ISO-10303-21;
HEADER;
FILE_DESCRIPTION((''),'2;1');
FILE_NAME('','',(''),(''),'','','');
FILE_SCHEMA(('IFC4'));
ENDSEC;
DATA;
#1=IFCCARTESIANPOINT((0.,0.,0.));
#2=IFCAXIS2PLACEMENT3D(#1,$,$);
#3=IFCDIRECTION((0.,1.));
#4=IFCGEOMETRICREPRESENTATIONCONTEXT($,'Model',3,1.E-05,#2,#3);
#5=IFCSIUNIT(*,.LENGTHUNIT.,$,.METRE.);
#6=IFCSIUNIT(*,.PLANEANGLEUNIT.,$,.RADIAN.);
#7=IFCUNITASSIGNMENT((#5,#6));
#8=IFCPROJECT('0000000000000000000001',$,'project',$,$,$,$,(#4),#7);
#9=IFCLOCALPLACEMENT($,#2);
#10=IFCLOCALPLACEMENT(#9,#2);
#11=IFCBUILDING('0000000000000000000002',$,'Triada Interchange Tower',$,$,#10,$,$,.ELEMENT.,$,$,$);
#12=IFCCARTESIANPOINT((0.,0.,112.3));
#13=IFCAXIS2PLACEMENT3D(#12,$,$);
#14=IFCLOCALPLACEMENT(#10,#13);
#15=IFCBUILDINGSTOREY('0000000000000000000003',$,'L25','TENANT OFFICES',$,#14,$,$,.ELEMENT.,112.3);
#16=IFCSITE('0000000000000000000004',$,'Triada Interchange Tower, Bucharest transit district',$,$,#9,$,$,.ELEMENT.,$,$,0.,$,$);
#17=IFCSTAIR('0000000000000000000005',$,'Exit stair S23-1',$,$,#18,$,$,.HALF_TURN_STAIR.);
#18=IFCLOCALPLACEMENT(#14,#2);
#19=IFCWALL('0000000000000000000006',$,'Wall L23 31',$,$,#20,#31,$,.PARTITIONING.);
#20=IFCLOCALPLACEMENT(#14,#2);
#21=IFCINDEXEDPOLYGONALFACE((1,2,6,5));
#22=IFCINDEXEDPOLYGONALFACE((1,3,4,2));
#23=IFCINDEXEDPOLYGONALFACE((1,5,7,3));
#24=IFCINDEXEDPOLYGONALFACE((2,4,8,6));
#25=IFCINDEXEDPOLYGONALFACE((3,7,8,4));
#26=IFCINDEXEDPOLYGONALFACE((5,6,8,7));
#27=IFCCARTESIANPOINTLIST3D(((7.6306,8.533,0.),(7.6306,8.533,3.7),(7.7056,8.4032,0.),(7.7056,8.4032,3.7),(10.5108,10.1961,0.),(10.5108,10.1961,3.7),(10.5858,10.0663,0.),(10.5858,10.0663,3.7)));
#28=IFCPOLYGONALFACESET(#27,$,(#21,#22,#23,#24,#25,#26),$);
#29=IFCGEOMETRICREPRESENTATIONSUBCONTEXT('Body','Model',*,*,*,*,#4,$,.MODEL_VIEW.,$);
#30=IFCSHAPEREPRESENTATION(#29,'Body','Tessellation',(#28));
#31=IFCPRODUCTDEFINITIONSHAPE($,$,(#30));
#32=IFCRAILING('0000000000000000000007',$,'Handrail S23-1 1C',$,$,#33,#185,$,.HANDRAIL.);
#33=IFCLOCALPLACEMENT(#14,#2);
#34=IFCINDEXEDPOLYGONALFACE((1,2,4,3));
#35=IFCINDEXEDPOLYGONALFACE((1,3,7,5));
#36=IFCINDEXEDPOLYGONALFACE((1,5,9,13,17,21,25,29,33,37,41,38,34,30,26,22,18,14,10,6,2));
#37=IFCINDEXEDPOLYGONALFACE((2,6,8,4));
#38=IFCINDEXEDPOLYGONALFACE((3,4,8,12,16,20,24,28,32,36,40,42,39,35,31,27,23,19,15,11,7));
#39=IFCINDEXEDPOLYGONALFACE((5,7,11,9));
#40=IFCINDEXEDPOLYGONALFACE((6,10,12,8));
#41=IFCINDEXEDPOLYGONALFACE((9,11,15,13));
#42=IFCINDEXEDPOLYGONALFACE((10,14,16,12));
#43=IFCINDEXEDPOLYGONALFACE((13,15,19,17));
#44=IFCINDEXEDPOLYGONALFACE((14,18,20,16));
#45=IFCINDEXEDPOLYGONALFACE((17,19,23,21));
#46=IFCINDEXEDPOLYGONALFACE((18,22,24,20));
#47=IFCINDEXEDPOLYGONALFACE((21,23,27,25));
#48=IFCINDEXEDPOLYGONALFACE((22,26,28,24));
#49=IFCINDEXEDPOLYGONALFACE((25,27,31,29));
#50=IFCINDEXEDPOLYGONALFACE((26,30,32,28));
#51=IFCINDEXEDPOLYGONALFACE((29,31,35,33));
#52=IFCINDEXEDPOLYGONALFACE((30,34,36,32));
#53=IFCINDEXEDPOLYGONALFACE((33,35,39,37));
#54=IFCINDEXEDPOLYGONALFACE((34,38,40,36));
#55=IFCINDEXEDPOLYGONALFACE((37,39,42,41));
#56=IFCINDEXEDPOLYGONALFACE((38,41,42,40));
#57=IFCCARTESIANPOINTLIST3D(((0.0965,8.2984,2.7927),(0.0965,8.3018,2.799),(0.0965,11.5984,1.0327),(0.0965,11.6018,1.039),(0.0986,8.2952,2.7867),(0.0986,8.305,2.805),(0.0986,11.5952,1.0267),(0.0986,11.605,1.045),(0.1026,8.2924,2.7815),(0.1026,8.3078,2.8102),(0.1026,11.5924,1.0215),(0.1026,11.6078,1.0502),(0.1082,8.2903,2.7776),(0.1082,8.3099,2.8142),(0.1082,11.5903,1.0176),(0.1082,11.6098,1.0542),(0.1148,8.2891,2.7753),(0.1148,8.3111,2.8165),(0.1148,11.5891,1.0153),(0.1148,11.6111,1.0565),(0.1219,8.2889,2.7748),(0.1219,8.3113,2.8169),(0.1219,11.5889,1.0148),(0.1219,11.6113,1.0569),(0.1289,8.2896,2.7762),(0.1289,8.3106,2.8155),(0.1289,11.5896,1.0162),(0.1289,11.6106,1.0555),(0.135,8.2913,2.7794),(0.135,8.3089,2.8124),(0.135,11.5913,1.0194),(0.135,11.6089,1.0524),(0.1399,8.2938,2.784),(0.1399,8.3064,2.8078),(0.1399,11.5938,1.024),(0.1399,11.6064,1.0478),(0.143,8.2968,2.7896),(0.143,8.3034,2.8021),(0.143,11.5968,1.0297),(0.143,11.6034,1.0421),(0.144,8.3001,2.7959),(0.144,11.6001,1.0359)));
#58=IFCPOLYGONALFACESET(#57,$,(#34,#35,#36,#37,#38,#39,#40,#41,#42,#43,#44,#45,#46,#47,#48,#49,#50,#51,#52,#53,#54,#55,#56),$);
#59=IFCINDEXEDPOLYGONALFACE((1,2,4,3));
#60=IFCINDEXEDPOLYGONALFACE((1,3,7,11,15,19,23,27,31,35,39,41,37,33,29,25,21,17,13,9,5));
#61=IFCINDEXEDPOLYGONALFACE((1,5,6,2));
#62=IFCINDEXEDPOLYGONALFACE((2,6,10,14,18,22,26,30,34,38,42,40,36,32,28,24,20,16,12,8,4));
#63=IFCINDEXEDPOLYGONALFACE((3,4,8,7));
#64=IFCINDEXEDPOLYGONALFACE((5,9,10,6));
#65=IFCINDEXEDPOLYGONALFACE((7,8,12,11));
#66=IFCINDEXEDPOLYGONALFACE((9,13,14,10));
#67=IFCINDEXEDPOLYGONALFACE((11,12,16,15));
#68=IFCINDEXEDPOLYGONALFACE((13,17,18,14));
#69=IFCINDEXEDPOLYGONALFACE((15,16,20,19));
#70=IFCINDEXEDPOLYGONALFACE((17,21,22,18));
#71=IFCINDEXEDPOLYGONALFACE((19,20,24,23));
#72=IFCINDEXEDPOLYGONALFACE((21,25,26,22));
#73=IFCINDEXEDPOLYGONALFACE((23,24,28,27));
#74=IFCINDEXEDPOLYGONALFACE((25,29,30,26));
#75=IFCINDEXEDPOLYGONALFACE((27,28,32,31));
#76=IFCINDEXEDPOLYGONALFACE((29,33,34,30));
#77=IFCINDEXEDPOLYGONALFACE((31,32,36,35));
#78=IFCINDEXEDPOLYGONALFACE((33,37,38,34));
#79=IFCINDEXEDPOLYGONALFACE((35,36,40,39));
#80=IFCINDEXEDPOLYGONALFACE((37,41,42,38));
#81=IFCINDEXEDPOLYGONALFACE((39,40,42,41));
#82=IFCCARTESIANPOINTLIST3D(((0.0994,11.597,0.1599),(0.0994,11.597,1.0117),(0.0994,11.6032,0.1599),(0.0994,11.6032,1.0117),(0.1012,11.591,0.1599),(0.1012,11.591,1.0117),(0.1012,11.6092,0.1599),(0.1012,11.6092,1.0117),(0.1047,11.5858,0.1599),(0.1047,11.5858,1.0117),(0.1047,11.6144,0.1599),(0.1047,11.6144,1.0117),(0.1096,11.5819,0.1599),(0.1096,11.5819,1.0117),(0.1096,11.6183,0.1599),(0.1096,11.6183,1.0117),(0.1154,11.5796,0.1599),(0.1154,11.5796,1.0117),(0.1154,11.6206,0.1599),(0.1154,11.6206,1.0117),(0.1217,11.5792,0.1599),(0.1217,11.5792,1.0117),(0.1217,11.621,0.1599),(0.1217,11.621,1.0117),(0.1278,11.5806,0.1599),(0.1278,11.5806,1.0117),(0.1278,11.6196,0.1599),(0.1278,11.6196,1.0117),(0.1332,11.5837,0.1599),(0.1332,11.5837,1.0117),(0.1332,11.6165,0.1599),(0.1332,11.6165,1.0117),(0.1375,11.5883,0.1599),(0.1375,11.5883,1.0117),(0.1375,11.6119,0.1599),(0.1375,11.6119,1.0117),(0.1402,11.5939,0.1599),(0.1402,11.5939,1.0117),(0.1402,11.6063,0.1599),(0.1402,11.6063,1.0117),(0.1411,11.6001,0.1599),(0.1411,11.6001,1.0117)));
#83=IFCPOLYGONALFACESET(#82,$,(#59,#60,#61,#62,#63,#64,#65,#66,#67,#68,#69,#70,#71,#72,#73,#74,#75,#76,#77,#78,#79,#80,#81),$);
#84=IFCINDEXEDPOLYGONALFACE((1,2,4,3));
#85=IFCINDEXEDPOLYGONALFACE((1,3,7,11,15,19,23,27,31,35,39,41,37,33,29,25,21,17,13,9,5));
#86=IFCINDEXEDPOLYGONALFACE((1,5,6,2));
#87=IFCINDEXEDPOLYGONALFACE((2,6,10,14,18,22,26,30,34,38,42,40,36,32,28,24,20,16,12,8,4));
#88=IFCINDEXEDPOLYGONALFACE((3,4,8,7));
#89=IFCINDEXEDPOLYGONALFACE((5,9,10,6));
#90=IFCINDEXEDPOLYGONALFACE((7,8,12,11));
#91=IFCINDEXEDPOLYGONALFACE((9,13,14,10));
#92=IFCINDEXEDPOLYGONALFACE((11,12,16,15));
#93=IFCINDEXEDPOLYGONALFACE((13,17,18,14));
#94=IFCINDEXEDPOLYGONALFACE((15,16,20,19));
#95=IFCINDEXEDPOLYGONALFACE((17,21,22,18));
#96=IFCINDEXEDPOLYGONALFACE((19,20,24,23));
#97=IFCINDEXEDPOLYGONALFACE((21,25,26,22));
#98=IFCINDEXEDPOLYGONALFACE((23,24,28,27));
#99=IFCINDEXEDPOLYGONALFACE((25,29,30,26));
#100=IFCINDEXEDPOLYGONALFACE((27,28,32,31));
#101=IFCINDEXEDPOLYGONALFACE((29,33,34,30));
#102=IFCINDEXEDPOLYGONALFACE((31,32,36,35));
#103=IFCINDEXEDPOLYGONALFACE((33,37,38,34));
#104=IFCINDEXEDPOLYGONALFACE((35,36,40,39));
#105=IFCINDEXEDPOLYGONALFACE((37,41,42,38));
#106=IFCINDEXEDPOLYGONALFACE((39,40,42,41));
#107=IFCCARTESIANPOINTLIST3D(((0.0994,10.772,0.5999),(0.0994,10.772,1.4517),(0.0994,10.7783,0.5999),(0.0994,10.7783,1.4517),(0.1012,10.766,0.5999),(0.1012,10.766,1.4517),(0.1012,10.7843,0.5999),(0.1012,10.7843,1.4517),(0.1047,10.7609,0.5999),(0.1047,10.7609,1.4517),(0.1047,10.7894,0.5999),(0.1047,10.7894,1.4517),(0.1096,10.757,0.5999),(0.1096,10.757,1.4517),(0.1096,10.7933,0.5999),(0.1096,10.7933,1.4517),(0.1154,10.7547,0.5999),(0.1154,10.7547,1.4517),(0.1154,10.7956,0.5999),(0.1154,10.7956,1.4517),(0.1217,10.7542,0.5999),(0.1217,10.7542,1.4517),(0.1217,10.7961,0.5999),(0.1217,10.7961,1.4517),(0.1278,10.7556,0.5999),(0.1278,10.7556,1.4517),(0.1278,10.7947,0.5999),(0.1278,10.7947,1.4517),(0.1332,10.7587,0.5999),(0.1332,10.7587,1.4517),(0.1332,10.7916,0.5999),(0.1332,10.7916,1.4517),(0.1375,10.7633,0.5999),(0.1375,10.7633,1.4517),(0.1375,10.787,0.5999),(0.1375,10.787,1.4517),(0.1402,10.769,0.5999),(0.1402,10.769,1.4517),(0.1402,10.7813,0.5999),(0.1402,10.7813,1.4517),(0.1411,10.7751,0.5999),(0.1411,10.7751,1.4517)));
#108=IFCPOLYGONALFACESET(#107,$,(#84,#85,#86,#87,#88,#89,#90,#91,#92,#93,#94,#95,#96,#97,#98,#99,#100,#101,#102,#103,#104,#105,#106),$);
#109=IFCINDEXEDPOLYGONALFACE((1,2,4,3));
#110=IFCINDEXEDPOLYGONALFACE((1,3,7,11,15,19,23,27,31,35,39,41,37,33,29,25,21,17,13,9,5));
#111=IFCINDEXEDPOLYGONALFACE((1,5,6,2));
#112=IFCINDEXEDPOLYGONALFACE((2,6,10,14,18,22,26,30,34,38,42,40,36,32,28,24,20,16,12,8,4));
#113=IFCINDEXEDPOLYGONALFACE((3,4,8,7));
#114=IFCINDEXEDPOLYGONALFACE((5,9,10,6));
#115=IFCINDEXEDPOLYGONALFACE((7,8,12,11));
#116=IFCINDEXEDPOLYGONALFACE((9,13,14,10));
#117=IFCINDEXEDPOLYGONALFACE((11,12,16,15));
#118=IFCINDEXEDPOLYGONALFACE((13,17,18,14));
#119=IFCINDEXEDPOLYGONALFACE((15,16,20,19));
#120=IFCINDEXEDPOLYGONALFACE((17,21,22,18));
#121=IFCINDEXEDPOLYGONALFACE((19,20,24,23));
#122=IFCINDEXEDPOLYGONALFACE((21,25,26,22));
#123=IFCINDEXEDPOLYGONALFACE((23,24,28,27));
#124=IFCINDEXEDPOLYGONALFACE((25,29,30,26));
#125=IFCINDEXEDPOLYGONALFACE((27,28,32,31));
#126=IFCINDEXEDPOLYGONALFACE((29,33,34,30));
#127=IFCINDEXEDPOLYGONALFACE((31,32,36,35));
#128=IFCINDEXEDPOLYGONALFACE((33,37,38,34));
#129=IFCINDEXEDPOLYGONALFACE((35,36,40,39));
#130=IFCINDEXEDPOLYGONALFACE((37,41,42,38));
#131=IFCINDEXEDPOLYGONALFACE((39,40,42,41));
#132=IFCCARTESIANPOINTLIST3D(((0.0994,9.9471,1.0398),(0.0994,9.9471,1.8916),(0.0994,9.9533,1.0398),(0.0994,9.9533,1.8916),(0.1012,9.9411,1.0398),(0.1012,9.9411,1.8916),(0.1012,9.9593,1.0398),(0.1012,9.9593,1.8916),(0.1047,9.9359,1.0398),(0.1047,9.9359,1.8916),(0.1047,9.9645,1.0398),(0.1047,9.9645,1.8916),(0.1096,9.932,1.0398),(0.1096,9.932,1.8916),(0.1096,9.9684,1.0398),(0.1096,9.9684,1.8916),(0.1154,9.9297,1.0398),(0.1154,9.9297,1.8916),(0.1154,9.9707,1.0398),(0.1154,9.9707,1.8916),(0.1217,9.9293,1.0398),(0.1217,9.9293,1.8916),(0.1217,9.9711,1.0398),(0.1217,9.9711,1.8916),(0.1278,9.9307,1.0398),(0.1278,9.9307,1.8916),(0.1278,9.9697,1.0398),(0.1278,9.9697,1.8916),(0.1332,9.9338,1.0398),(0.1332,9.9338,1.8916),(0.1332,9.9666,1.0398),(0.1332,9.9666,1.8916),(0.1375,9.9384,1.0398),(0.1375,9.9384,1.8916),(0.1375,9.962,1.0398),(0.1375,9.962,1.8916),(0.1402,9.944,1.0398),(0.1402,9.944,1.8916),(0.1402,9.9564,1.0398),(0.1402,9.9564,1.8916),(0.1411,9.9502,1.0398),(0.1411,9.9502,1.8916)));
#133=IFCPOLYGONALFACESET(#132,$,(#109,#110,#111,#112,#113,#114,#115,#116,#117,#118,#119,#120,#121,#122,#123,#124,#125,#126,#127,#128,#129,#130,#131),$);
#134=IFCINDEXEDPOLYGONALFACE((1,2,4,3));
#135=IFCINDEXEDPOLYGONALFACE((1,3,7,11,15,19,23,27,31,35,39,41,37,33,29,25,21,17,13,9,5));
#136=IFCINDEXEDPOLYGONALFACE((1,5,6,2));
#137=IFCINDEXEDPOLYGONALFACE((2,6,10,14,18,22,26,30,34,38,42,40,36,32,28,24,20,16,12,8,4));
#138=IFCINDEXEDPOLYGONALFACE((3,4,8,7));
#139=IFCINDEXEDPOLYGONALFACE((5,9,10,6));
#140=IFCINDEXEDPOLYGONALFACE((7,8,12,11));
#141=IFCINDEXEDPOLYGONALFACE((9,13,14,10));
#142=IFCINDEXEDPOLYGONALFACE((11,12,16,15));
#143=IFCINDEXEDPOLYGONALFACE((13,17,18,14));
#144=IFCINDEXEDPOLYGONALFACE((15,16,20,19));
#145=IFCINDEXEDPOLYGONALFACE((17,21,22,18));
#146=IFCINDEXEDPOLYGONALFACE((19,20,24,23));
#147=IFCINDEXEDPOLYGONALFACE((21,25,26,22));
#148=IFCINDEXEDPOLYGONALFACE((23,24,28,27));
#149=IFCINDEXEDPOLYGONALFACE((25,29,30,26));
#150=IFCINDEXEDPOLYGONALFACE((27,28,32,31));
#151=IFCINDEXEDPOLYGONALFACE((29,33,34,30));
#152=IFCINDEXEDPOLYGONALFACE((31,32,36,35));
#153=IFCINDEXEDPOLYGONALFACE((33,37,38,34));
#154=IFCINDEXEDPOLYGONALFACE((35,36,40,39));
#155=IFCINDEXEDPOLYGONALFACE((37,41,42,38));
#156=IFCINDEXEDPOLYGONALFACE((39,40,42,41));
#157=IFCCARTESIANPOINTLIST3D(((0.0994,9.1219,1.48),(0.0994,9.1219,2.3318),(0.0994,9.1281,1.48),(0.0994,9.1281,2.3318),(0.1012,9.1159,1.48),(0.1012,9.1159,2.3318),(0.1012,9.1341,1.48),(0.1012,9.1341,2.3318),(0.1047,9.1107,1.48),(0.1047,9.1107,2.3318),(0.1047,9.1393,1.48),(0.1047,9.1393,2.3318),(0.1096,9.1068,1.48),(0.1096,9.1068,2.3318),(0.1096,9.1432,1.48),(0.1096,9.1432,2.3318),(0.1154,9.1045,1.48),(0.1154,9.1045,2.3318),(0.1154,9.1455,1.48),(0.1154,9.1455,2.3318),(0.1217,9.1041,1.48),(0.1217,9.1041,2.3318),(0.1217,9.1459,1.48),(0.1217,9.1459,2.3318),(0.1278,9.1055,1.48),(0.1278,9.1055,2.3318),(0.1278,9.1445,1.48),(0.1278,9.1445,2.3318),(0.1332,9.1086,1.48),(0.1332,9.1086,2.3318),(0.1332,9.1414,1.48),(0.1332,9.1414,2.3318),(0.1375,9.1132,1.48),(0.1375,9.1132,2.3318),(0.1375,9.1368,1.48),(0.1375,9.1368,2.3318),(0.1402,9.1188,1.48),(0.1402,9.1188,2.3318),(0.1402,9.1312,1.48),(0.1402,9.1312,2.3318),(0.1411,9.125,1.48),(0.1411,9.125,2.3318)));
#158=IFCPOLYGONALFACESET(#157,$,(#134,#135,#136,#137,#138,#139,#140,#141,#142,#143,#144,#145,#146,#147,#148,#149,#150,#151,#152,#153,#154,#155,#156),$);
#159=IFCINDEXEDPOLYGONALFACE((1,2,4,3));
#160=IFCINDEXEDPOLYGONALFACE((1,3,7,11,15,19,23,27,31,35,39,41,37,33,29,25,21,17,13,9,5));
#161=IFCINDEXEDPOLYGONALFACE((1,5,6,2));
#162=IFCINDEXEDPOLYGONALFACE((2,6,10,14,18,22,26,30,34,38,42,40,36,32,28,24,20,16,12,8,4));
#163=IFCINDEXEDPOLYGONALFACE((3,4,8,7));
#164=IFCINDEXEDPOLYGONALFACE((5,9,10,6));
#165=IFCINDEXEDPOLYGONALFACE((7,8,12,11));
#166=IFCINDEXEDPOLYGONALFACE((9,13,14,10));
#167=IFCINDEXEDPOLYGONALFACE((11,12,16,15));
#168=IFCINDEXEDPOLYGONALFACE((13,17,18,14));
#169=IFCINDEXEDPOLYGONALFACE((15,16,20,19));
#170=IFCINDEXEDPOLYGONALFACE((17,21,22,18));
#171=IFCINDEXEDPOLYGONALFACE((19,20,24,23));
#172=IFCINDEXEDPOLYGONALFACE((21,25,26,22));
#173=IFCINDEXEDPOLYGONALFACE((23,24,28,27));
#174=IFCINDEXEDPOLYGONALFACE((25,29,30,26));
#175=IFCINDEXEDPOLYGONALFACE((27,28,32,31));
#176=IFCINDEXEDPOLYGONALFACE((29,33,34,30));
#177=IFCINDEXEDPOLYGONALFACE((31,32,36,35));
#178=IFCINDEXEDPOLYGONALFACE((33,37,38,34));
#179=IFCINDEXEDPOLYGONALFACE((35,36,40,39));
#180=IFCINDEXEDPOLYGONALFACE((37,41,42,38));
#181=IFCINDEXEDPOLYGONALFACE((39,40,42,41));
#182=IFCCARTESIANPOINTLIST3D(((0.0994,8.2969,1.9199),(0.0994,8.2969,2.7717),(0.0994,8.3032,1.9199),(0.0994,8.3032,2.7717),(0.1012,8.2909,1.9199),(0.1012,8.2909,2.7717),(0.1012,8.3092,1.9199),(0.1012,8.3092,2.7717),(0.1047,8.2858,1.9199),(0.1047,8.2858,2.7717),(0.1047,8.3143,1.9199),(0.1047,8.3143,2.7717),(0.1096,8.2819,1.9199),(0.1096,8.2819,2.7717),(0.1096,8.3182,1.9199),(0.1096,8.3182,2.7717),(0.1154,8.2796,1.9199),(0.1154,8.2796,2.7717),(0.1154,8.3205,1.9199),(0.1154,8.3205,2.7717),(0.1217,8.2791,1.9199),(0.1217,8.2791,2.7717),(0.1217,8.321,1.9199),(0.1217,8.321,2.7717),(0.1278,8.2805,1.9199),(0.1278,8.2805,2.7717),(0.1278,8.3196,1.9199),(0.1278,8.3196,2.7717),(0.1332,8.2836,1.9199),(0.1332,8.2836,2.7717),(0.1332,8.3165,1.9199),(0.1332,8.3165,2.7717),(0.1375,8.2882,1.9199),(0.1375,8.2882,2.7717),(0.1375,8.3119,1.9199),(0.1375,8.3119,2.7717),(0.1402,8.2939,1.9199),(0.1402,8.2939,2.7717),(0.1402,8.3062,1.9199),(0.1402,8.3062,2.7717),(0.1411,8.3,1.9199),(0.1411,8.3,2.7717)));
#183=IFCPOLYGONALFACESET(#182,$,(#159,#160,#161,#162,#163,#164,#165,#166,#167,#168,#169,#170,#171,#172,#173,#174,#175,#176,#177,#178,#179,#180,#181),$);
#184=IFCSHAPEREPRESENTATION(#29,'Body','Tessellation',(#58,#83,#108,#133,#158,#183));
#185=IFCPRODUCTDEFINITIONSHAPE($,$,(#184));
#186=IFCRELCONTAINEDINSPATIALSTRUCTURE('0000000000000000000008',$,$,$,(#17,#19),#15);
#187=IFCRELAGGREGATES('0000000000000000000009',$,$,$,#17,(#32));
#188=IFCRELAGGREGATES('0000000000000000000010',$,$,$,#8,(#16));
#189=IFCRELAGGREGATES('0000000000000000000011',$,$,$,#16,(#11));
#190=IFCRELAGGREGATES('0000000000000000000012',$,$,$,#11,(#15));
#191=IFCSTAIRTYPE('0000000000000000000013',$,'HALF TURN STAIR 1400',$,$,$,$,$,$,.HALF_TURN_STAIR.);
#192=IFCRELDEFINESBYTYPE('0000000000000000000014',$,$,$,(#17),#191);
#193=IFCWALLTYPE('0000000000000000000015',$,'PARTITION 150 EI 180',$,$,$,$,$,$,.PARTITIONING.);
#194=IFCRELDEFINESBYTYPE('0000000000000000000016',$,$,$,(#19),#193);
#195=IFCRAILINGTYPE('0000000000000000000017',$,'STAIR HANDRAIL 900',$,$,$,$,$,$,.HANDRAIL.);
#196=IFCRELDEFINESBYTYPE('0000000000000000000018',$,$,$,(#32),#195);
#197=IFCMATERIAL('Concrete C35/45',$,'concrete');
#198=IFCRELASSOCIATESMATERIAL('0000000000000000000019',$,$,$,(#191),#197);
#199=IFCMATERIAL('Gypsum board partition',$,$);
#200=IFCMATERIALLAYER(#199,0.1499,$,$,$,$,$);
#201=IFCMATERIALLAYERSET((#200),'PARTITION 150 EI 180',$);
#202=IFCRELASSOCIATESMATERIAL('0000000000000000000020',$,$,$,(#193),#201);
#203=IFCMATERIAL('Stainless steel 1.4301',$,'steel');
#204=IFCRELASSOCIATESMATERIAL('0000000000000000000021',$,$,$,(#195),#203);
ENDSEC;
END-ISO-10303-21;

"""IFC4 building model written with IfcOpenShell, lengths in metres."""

from ifc_helpers import new_model, si_unit, direction, frame, frame_2d, origin, origin_2d, place, context, subcontext, project, spatial, rectangle, circle, extrude, material, layer, layer_set, type_object, element, aggregate, save


model = new_model("IFC4")

# Units and contexts
model_context = context("Model", 3, precision=1e-05, world=origin(), true_north=direction((0.0, 1.0)))
body_context = subcontext(model_context, "Body", "Model", "MODEL_VIEW")
ifc_project = project(units=[si_unit("LENGTHUNIT", "METRE"), si_unit("PLANEANGLEUNIT", "RADIAN")], contexts=[model_context])

# Site, building, storey
site_placement = place(None, origin())
site = spatial("IfcSite", under=ifc_project, at=site_placement, Name="Triada Interchange Tower, Bucharest transit district", CompositionType="ELEMENT", RefElevation=0.0)
building_placement = place(site_placement, origin())
building = spatial("IfcBuilding", under=site, at=building_placement, Name="Triada Interchange Tower", CompositionType="ELEMENT")
storey_placement = place(building_placement, frame((0.0, 0.0, 112.3)))
storey = spatial("IfcBuildingStorey", under=building, at=storey_placement, Name="L25", Description="TENANT OFFICES", CompositionType="ELEMENT", Elevation=112.3)

# Stair
ifc_material_1 = material(Name="Concrete C35/45", Category="concrete")
stair_type = type_object("IfcStairType", Name="HALF TURN STAIR 1400", PredefinedType="HALF_TURN_STAIR", material=ifc_material_1)
stair_1_placement = place(storey_placement, origin())
stair_1 = element("IfcStair", 1, at=stair_1_placement, inside=storey, type_object=stair_type, Name="Exit stair S23-1", PredefinedType="HALF_TURN_STAIR")

# Wall
ifc_material_2 = material(Name="Gypsum board partition")
ifc_layer_1 = layer(ifc_material_2, 0.1499)
ifc_layer_set_1 = layer_set([ifc_layer_1], Name="PARTITION 150 EI 180")
wall_type_1 = type_object("IfcWallType", Name="PARTITION 150 EI 180", PredefinedType="PARTITIONING", material=ifc_layer_set_1)
wall_1_placement = place(storey_placement, frame((7.668, 8.468, 0.0), z_axis=(0.0, 0.0, 1.0), x_axis=(0.865994, 0.500055, 0.0)))
element("IfcWall", 2, at=wall_1_placement, inside=storey, type_object=wall_type_1, Name="Wall L23 31", PredefinedType="PARTITIONING", context=body_context, shape_type="SweptSolid", body=[
    extrude(rectangle(XDim=3.3259, YDim=0.1499, at=frame_2d((1.6631, 0.0))), origin(), (0.0, 0.0, 1.0), 3.7),
])

# Railing
ifc_material_3 = material(Name="Stainless steel 1.4301", Category="steel")
railing_type = type_object("IfcRailingType", Name="STAIR HANDRAIL 900", PredefinedType="HANDRAIL", material=ifc_material_3)
railing_placement = place(storey_placement, frame((0.1201, 11.6001, 0.1599)))
railing = element("IfcRailing", 3, at=railing_placement, type_object=railing_type, Name="Handrail S23-1 1C", PredefinedType="HANDRAIL", context=body_context, shape_type="SweptSolid", body=[
    extrude(circle(Radius=0.0239, at=origin_2d()), frame((0.0, 0.0, 0.876), z_axis=(0.0, -0.882355, 0.470585), x_axis=(1.0, 0.0, 0.0)), (0.0, 0.0, 1.0), 3.74),
    extrude(circle(Radius=0.021, at=origin_2d()), origin(), (0.0, 0.0, 1.0), 0.8518),
    extrude(circle(Radius=0.021, at=origin_2d()), frame((0.0, -0.825, 0.4399)), (0.0, 0.0, 1.0), 0.8518),
    extrude(circle(Radius=0.021, at=origin_2d()), frame((0.0, -1.6499, 0.8799)), (0.0, 0.0, 1.0), 0.8518),
    extrude(circle(Radius=0.021, at=origin_2d()), frame((0.0, -2.4751, 1.3201)), (0.0, 0.0, 1.0), 0.8518),
    extrude(circle(Radius=0.021, at=origin_2d()), frame((0.0, -3.3, 1.76)), (0.0, 0.0, 1.0), 0.8518),
])
aggregate(stair_1, [railing])

save(model, "model.ifc")
